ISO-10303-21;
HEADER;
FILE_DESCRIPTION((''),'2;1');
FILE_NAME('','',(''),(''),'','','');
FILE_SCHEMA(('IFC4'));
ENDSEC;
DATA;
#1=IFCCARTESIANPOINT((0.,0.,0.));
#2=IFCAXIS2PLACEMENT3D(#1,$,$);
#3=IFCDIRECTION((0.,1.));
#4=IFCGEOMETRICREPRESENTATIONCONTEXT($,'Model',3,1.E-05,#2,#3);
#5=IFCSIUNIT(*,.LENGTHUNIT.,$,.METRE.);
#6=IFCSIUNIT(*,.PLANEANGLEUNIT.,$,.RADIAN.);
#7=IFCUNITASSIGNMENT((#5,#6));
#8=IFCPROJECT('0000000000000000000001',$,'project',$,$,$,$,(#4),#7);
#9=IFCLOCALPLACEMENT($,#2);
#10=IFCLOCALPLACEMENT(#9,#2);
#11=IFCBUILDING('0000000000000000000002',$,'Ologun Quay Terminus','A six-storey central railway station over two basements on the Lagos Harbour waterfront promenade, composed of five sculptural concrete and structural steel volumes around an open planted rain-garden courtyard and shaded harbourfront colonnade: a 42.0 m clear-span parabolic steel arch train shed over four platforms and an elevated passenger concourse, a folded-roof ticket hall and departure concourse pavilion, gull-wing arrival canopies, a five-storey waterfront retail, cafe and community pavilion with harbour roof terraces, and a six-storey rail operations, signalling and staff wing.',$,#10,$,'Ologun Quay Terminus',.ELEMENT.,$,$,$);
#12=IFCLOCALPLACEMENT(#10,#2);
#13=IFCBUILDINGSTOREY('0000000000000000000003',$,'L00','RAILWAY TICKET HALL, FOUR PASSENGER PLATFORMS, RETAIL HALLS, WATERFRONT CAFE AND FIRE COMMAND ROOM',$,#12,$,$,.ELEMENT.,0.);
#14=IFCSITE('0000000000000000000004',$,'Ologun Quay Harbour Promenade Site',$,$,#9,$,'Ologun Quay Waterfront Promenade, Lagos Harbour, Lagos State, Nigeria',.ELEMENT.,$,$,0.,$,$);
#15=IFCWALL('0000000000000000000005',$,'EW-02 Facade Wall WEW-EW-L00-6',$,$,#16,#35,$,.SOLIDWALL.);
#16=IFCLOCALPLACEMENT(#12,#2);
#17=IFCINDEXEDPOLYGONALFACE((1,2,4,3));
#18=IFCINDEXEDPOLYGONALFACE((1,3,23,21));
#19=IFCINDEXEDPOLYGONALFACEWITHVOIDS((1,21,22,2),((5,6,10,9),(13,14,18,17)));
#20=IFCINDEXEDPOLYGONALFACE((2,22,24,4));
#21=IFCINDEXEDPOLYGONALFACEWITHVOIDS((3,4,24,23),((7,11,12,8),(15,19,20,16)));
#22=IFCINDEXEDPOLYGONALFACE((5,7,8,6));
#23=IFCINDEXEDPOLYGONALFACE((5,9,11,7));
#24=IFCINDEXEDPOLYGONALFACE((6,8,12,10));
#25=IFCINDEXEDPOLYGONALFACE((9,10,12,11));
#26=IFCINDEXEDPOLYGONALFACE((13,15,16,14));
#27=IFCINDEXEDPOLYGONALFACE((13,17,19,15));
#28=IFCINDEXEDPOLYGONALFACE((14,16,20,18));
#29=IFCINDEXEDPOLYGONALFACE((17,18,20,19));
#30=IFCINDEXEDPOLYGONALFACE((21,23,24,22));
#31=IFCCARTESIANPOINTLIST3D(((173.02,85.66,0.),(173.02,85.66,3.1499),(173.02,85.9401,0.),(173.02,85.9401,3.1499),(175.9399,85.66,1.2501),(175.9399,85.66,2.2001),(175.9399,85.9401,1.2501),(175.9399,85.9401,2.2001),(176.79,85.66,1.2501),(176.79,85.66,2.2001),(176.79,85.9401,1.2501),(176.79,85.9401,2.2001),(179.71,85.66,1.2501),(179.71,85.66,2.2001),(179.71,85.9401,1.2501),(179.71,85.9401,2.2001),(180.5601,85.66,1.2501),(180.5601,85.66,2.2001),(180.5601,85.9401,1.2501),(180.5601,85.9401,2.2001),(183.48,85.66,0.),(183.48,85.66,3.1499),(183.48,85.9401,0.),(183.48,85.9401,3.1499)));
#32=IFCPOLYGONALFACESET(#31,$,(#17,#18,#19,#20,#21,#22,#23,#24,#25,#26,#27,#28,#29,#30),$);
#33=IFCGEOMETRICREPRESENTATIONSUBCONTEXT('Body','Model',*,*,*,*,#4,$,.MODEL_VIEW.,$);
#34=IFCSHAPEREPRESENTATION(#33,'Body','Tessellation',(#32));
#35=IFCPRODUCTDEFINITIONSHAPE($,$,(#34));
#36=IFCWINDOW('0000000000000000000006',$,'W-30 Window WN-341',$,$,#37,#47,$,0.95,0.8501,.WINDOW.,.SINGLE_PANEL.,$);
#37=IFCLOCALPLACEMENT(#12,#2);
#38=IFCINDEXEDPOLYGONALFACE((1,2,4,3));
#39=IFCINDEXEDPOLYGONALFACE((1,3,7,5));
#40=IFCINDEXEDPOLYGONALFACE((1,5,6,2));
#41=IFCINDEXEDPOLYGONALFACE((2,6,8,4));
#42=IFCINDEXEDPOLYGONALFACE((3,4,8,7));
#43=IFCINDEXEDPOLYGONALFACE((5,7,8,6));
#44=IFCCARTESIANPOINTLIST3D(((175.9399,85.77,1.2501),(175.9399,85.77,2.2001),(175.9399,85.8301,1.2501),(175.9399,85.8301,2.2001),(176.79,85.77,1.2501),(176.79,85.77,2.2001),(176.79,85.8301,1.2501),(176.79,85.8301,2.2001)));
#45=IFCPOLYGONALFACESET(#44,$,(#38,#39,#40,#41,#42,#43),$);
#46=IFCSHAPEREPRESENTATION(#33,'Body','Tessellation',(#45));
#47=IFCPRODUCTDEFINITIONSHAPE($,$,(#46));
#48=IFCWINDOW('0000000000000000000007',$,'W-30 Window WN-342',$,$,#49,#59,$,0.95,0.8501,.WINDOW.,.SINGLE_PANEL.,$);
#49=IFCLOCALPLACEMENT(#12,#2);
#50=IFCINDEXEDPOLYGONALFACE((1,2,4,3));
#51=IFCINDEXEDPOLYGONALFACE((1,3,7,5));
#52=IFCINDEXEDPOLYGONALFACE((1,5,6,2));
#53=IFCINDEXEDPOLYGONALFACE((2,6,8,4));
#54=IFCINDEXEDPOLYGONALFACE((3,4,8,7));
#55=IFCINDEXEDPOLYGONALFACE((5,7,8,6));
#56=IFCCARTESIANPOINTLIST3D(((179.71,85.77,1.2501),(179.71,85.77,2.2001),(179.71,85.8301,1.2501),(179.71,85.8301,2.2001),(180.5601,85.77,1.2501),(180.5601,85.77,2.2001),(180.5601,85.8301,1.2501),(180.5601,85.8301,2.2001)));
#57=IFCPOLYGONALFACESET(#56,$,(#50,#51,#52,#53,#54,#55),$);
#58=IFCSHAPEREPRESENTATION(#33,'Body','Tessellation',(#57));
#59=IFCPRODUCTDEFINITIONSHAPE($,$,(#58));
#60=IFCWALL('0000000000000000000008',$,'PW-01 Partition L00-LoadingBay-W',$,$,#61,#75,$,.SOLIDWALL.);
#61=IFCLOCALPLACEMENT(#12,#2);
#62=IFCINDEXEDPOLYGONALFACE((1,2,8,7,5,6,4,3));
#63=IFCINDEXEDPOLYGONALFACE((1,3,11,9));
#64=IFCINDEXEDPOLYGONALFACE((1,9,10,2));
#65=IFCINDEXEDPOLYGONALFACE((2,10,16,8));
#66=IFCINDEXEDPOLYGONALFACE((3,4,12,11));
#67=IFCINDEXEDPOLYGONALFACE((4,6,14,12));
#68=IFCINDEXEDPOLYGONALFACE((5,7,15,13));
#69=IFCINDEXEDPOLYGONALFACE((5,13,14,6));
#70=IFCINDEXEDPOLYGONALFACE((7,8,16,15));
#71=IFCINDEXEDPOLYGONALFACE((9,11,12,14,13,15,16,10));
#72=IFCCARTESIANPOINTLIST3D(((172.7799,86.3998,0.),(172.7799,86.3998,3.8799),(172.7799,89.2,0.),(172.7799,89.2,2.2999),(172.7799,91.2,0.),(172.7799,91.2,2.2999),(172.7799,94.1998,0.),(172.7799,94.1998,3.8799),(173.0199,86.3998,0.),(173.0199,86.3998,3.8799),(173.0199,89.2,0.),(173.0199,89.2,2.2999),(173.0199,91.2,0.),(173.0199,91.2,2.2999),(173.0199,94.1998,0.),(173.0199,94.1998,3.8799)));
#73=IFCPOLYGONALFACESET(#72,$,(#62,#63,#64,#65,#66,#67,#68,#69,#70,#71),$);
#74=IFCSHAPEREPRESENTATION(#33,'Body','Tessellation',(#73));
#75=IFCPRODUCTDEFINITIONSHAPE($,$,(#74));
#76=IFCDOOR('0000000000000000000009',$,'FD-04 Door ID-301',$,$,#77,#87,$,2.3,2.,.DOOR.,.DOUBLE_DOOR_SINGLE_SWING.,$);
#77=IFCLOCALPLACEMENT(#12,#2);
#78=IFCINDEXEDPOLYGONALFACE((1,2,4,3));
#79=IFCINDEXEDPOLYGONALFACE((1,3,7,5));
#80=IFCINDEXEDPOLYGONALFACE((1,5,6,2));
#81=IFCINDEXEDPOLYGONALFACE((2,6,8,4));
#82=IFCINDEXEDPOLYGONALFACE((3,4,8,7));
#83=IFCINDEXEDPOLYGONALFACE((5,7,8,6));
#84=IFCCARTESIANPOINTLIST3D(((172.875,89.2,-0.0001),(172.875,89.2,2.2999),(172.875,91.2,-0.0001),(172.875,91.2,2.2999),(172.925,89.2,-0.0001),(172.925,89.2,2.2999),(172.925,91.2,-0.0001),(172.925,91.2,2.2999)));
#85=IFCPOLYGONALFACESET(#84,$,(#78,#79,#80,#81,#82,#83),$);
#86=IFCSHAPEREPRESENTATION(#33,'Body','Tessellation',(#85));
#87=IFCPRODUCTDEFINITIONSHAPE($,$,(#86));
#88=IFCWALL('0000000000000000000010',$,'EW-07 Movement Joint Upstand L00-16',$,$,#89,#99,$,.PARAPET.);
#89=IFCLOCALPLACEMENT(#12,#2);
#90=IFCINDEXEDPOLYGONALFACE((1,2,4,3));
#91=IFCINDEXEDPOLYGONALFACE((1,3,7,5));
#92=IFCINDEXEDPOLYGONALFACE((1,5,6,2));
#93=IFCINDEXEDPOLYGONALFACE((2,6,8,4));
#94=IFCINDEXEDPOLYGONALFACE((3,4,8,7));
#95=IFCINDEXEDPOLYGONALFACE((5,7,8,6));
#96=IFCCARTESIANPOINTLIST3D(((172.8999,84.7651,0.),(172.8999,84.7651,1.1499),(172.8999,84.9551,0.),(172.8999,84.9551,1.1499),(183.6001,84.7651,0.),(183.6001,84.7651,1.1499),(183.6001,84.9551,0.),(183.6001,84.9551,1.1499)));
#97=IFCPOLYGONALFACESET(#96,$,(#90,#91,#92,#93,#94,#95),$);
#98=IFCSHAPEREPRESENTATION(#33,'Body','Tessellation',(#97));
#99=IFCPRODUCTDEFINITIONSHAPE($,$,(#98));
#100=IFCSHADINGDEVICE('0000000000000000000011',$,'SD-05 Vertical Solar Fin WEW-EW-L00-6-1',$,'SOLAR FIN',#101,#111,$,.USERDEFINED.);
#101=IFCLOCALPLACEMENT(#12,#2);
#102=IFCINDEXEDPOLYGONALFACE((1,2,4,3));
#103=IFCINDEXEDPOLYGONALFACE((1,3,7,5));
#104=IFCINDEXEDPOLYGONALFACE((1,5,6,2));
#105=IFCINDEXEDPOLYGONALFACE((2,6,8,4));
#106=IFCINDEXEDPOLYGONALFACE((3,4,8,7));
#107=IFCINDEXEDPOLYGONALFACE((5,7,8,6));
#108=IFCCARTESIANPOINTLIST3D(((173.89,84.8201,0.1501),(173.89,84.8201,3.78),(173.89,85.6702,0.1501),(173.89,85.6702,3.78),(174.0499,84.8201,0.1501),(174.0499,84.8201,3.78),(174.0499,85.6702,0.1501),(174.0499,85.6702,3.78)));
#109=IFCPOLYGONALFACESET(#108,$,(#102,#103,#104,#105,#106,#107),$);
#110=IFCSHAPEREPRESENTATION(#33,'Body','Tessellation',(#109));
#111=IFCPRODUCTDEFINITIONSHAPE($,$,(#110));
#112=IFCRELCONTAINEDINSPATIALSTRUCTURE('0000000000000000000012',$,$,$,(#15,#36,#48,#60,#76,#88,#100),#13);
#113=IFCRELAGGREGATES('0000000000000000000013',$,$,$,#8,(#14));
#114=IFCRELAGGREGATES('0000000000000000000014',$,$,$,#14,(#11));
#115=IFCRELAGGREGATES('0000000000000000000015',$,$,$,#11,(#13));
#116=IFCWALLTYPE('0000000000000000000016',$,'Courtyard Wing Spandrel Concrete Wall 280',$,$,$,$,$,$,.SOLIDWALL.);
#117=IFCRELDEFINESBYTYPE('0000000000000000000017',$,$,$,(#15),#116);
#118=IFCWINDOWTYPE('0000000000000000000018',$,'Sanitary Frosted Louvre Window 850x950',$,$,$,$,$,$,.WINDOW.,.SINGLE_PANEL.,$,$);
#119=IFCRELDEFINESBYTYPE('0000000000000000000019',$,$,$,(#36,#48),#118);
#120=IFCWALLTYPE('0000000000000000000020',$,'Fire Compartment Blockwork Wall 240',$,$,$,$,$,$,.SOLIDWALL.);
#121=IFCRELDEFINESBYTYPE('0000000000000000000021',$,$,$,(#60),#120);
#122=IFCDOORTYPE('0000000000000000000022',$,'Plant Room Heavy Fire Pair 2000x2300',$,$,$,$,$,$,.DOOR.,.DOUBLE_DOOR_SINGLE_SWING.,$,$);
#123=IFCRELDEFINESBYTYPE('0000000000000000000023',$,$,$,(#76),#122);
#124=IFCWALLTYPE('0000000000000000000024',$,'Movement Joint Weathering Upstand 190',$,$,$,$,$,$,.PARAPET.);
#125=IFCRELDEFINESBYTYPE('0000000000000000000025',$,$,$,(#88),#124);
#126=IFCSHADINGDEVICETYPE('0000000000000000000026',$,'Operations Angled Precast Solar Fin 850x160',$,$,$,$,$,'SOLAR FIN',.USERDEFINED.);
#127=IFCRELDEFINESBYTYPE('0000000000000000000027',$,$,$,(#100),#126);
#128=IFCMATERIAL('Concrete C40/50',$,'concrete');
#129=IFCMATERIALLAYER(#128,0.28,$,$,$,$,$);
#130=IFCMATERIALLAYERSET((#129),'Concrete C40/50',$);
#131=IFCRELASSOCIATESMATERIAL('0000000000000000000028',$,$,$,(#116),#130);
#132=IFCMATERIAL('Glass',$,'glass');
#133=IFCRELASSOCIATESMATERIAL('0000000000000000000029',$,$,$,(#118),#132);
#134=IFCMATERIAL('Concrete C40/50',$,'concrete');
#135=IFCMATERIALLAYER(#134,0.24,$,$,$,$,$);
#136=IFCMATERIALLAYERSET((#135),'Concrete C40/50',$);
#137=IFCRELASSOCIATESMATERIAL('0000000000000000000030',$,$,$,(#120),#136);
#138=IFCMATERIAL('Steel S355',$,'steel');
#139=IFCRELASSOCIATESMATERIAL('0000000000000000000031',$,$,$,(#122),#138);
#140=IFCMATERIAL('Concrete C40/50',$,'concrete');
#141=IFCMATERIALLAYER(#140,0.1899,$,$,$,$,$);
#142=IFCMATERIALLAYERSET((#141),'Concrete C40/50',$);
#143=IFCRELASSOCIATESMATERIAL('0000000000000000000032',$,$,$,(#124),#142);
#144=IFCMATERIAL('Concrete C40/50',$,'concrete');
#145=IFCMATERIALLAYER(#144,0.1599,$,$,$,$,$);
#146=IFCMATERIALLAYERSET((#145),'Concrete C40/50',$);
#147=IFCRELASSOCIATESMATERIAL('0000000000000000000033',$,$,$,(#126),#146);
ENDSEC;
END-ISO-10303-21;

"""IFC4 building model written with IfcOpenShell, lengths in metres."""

from ifc_helpers import new_model, si_unit, direction, frame, frame_2d, origin, origin_2d, place, context, subcontext, project, spatial, rectangle, extrude, material, layer, layer_set, type_object, element, fill, save


model = new_model("IFC4")

# Units and contexts
model_context = context("Model", 3, precision=1e-05, world=origin(), true_north=direction((0.0, 1.0)))
body_context = subcontext(model_context, "Body", "Model", "MODEL_VIEW")
ifc_project = project(units=[si_unit("LENGTHUNIT", "METRE"), si_unit("PLANEANGLEUNIT", "RADIAN")], contexts=[model_context])

# Site, building, storey
site_placement = place(None, origin())
site = spatial("IfcSite", under=ifc_project, at=site_placement, Name="Ologun Quay Harbour Promenade Site", LongName="Ologun Quay Waterfront Promenade, Lagos Harbour, Lagos State, Nigeria", CompositionType="ELEMENT", RefElevation=0.0)
building_placement = place(site_placement, origin())
building = spatial("IfcBuilding", under=site, at=building_placement, Name="Ologun Quay Terminus", Description="A six-storey central railway station over two basements on the Lagos Harbour waterfront promenade, composed of five sculptural concrete and structural steel volumes around an open planted rain-garden courtyard and shaded harbourfront colonnade: a 42.0 m clear-span parabolic steel arch train shed over four platforms and an elevated passenger concourse, a folded-roof ticket hall and departure concourse pavilion, gull-wing arrival canopies, a five-storey waterfront retail, cafe and community pavilion with harbour roof terraces, and a six-storey rail operations, signalling and staff wing.", LongName="Ologun Quay Terminus", CompositionType="ELEMENT")
storey_placement = place(building_placement, origin())
storey = spatial("IfcBuildingStorey", under=building, at=storey_placement, Name="L00", Description="RAILWAY TICKET HALL, FOUR PASSENGER PLATFORMS, RETAIL HALLS, WATERFRONT CAFE AND FIRE COMMAND ROOM", CompositionType="ELEMENT", Elevation=0.0)

# Wall, openings, windows
ifc_material_1 = material(Name="Concrete C40/50", Category="concrete")
ifc_layer_1 = layer(ifc_material_1, 0.28)
ifc_layer_set_1 = layer_set([ifc_layer_1], Name="Concrete C40/50")
wall_type_1 = type_object("IfcWallType", Name="Courtyard Wing Spandrel Concrete Wall 280", PredefinedType="SOLIDWALL", material=ifc_layer_set_1)
wall_1_placement = place(storey_placement, frame((173.02, 85.8, 0.0), z_axis=(0.0, 0.0, 1.0), x_axis=(1.0, 0.0, 0.0)))
wall_1 = element("IfcWall", 1, at=wall_1_placement, inside=storey, type_object=wall_type_1, Name="EW-02 Facade Wall WEW-EW-L00-6", PredefinedType="SOLIDWALL", context=body_context, shape_type="SweptSolid", body=[
    extrude(rectangle(XDim=10.46, YDim=0.28, at=frame_2d((5.23, 0.0))), origin(), (0.0, 0.0, 1.0), 3.1499),
])
opening_1_placement = place(wall_1_placement, frame((2.9199, 0.0, 1.25)))
opening_1 = element("IfcOpeningElement", 2, at=opening_1_placement, cuts=wall_1, PredefinedType="OPENING", context=body_context, shape_type="SweptSolid", body=[
    extrude(rectangle(XDim=0.8501, YDim=0.95, at=frame_2d((0.425, 0.4751))), frame((0.0, 0.1499, 0.0), z_axis=(0.0, -1.0, 0.0), x_axis=(1.0, 0.0, 0.0)), (0.0, 0.0, 1.0), 0.3),
])
opening_2_placement = place(wall_1_placement, frame((6.6899, 0.0, 1.25)))
opening_2 = element("IfcOpeningElement", 3, at=opening_2_placement, cuts=wall_1, PredefinedType="OPENING", context=body_context, shape_type="SweptSolid", body=[
    extrude(rectangle(XDim=0.8501, YDim=0.95, at=frame_2d((0.425, 0.4751))), frame((0.0, 0.1499, 0.0), z_axis=(0.0, -1.0, 0.0), x_axis=(1.0, 0.0, 0.0)), (0.0, 0.0, 1.0), 0.3),
])
ifc_material_2 = material(Name="Glass", Category="glass")
window_type_1 = type_object("IfcWindowType", Name="Sanitary Frosted Louvre Window 850x950", PartitioningType="SINGLE_PANEL", PredefinedType="WINDOW", material=ifc_material_2)
window_1_placement = place(opening_1_placement, origin())
window_1 = element("IfcWindow", 4, at=window_1_placement, inside=storey, type_object=window_type_1, Name="W-30 Window WN-341", OverallHeight=0.95, OverallWidth=0.8501, PartitioningType="SINGLE_PANEL", PredefinedType="WINDOW", context=body_context, shape_type="SweptSolid", body=[
    extrude(rectangle(XDim=0.8501, YDim=0.95, at=frame_2d((0.425, 0.4751))), frame((0.0, 0.03, 0.0), z_axis=(0.0, -1.0, 0.0), x_axis=(1.0, 0.0, 0.0)), (0.0, 0.0, 1.0), 0.0601),
])
fill(opening_1, window_1)
window_2_placement = place(opening_2_placement, origin())
window_2 = element("IfcWindow", 5, at=window_2_placement, inside=storey, type_object=window_type_1, Name="W-30 Window WN-342", OverallHeight=0.95, OverallWidth=0.8501, PartitioningType="SINGLE_PANEL", PredefinedType="WINDOW", context=body_context, shape_type="SweptSolid", body=[
    extrude(rectangle(XDim=0.8501, YDim=0.95, at=frame_2d((0.425, 0.4751))), frame((0.0, 0.03, 0.0), z_axis=(0.0, -1.0, 0.0), x_axis=(1.0, 0.0, 0.0)), (0.0, 0.0, 1.0), 0.0601),
])
fill(opening_2, window_2)

# Wall, opening, door
ifc_material_3 = material(Name="Concrete C40/50", Category="concrete")
ifc_layer_2 = layer(ifc_material_3, 0.24)
ifc_layer_set_2 = layer_set([ifc_layer_2], Name="Concrete C40/50")
wall_type_2 = type_object("IfcWallType", Name="Fire Compartment Blockwork Wall 240", PredefinedType="SOLIDWALL", material=ifc_layer_set_2)
wall_2_placement = place(storey_placement, frame((172.8999, 86.3999, 0.0), z_axis=(0.0, 0.0, 1.0), x_axis=(0.0, 1.0, 0.0)))
wall_2 = element("IfcWall", 6, at=wall_2_placement, inside=storey, type_object=wall_type_2, Name="PW-01 Partition L00-LoadingBay-W", PredefinedType="SOLIDWALL", context=body_context, shape_type="SweptSolid", body=[
    extrude(rectangle(XDim=7.8, YDim=0.24, at=frame_2d((3.8999, 0.0))), origin(), (0.0, 0.0, 1.0), 3.8799),
])
opening_3_placement = place(wall_2_placement, frame((2.8, 0.0, 0.0)))
opening_3 = element("IfcOpeningElement", 7, at=opening_3_placement, cuts=wall_2, PredefinedType="OPENING", context=body_context, shape_type="SweptSolid", body=[
    extrude(rectangle(XDim=2.0, YDim=2.3, at=frame_2d((1.0, 1.1499))), frame((0.0, 0.1299, 0.0), z_axis=(0.0, -1.0, 0.0), x_axis=(1.0, 0.0, 0.0)), (0.0, 0.0, 1.0), 0.26),
])
ifc_material_4 = material(Name="Steel S355", Category="steel")
door_type = type_object("IfcDoorType", Name="Plant Room Heavy Fire Pair 2000x2300", OperationType="DOUBLE_DOOR_SINGLE_SWING", PredefinedType="DOOR", material=ifc_material_4)
door_placement = place(opening_3_placement, origin())
door = element("IfcDoor", 8, at=door_placement, inside=storey, type_object=door_type, Name="FD-04 Door ID-301", OperationType="DOUBLE_DOOR_SINGLE_SWING", OverallHeight=2.3, OverallWidth=2.0, PredefinedType="DOOR", context=body_context, shape_type="SweptSolid", body=[
    extrude(rectangle(XDim=2.0, YDim=2.3, at=frame_2d((1.0, 1.1499))), frame((0.0, 0.0249, 0.0), z_axis=(0.0, -1.0, 0.0), x_axis=(1.0, 0.0, 0.0)), (0.0, 0.0, 1.0), 0.05),
])
fill(opening_3, door)

# Wall
ifc_material_5 = material(Name="Concrete C40/50", Category="concrete")
ifc_layer_3 = layer(ifc_material_5, 0.1899)
ifc_layer_set_3 = layer_set([ifc_layer_3], Name="Concrete C40/50")
wall_type_3 = type_object("IfcWallType", Name="Movement Joint Weathering Upstand 190", PredefinedType="PARAPET", material=ifc_layer_set_3)
wall_3_placement = place(storey_placement, frame((172.8999, 84.8601, 0.0), z_axis=(0.0, 0.0, 1.0), x_axis=(1.0, 0.0, 0.0)))
element("IfcWall", 9, at=wall_3_placement, inside=storey, type_object=wall_type_3, Name="EW-07 Movement Joint Upstand L00-16", PredefinedType="PARAPET", context=body_context, shape_type="SweptSolid", body=[
    extrude(rectangle(XDim=10.7002, YDim=0.1899, at=frame_2d((5.3501, 0.0))), origin(), (0.0, 0.0, 1.0), 1.1499),
])

# Shading device
ifc_material_6 = material(Name="Concrete C40/50", Category="concrete")
ifc_layer_4 = layer(ifc_material_6, 0.1599)
ifc_layer_set_4 = layer_set([ifc_layer_4], Name="Concrete C40/50")
shading_device_type = type_object("IfcShadingDeviceType", Name="Operations Angled Precast Solar Fin 850x160", ElementType="SOLAR FIN", PredefinedType="USERDEFINED", material=ifc_layer_set_4)
shading_device_placement = place(storey_placement, frame((173.97, 85.2451, 0.1501), z_axis=(0.0, 0.0, 1.0), x_axis=(1.0, 0.0, 0.0)))
element("IfcShadingDevice", 10, at=shading_device_placement, inside=storey, type_object=shading_device_type, Name="SD-05 Vertical Solar Fin WEW-EW-L00-6-1", ObjectType="SOLAR FIN", PredefinedType="USERDEFINED", context=body_context, shape_type="SweptSolid", body=[
    extrude(rectangle(XDim=0.1599, YDim=0.8501, at=origin_2d()), origin(), (0.0, 0.0, 1.0), 3.6299),
])

save(model, "model.ifc")
